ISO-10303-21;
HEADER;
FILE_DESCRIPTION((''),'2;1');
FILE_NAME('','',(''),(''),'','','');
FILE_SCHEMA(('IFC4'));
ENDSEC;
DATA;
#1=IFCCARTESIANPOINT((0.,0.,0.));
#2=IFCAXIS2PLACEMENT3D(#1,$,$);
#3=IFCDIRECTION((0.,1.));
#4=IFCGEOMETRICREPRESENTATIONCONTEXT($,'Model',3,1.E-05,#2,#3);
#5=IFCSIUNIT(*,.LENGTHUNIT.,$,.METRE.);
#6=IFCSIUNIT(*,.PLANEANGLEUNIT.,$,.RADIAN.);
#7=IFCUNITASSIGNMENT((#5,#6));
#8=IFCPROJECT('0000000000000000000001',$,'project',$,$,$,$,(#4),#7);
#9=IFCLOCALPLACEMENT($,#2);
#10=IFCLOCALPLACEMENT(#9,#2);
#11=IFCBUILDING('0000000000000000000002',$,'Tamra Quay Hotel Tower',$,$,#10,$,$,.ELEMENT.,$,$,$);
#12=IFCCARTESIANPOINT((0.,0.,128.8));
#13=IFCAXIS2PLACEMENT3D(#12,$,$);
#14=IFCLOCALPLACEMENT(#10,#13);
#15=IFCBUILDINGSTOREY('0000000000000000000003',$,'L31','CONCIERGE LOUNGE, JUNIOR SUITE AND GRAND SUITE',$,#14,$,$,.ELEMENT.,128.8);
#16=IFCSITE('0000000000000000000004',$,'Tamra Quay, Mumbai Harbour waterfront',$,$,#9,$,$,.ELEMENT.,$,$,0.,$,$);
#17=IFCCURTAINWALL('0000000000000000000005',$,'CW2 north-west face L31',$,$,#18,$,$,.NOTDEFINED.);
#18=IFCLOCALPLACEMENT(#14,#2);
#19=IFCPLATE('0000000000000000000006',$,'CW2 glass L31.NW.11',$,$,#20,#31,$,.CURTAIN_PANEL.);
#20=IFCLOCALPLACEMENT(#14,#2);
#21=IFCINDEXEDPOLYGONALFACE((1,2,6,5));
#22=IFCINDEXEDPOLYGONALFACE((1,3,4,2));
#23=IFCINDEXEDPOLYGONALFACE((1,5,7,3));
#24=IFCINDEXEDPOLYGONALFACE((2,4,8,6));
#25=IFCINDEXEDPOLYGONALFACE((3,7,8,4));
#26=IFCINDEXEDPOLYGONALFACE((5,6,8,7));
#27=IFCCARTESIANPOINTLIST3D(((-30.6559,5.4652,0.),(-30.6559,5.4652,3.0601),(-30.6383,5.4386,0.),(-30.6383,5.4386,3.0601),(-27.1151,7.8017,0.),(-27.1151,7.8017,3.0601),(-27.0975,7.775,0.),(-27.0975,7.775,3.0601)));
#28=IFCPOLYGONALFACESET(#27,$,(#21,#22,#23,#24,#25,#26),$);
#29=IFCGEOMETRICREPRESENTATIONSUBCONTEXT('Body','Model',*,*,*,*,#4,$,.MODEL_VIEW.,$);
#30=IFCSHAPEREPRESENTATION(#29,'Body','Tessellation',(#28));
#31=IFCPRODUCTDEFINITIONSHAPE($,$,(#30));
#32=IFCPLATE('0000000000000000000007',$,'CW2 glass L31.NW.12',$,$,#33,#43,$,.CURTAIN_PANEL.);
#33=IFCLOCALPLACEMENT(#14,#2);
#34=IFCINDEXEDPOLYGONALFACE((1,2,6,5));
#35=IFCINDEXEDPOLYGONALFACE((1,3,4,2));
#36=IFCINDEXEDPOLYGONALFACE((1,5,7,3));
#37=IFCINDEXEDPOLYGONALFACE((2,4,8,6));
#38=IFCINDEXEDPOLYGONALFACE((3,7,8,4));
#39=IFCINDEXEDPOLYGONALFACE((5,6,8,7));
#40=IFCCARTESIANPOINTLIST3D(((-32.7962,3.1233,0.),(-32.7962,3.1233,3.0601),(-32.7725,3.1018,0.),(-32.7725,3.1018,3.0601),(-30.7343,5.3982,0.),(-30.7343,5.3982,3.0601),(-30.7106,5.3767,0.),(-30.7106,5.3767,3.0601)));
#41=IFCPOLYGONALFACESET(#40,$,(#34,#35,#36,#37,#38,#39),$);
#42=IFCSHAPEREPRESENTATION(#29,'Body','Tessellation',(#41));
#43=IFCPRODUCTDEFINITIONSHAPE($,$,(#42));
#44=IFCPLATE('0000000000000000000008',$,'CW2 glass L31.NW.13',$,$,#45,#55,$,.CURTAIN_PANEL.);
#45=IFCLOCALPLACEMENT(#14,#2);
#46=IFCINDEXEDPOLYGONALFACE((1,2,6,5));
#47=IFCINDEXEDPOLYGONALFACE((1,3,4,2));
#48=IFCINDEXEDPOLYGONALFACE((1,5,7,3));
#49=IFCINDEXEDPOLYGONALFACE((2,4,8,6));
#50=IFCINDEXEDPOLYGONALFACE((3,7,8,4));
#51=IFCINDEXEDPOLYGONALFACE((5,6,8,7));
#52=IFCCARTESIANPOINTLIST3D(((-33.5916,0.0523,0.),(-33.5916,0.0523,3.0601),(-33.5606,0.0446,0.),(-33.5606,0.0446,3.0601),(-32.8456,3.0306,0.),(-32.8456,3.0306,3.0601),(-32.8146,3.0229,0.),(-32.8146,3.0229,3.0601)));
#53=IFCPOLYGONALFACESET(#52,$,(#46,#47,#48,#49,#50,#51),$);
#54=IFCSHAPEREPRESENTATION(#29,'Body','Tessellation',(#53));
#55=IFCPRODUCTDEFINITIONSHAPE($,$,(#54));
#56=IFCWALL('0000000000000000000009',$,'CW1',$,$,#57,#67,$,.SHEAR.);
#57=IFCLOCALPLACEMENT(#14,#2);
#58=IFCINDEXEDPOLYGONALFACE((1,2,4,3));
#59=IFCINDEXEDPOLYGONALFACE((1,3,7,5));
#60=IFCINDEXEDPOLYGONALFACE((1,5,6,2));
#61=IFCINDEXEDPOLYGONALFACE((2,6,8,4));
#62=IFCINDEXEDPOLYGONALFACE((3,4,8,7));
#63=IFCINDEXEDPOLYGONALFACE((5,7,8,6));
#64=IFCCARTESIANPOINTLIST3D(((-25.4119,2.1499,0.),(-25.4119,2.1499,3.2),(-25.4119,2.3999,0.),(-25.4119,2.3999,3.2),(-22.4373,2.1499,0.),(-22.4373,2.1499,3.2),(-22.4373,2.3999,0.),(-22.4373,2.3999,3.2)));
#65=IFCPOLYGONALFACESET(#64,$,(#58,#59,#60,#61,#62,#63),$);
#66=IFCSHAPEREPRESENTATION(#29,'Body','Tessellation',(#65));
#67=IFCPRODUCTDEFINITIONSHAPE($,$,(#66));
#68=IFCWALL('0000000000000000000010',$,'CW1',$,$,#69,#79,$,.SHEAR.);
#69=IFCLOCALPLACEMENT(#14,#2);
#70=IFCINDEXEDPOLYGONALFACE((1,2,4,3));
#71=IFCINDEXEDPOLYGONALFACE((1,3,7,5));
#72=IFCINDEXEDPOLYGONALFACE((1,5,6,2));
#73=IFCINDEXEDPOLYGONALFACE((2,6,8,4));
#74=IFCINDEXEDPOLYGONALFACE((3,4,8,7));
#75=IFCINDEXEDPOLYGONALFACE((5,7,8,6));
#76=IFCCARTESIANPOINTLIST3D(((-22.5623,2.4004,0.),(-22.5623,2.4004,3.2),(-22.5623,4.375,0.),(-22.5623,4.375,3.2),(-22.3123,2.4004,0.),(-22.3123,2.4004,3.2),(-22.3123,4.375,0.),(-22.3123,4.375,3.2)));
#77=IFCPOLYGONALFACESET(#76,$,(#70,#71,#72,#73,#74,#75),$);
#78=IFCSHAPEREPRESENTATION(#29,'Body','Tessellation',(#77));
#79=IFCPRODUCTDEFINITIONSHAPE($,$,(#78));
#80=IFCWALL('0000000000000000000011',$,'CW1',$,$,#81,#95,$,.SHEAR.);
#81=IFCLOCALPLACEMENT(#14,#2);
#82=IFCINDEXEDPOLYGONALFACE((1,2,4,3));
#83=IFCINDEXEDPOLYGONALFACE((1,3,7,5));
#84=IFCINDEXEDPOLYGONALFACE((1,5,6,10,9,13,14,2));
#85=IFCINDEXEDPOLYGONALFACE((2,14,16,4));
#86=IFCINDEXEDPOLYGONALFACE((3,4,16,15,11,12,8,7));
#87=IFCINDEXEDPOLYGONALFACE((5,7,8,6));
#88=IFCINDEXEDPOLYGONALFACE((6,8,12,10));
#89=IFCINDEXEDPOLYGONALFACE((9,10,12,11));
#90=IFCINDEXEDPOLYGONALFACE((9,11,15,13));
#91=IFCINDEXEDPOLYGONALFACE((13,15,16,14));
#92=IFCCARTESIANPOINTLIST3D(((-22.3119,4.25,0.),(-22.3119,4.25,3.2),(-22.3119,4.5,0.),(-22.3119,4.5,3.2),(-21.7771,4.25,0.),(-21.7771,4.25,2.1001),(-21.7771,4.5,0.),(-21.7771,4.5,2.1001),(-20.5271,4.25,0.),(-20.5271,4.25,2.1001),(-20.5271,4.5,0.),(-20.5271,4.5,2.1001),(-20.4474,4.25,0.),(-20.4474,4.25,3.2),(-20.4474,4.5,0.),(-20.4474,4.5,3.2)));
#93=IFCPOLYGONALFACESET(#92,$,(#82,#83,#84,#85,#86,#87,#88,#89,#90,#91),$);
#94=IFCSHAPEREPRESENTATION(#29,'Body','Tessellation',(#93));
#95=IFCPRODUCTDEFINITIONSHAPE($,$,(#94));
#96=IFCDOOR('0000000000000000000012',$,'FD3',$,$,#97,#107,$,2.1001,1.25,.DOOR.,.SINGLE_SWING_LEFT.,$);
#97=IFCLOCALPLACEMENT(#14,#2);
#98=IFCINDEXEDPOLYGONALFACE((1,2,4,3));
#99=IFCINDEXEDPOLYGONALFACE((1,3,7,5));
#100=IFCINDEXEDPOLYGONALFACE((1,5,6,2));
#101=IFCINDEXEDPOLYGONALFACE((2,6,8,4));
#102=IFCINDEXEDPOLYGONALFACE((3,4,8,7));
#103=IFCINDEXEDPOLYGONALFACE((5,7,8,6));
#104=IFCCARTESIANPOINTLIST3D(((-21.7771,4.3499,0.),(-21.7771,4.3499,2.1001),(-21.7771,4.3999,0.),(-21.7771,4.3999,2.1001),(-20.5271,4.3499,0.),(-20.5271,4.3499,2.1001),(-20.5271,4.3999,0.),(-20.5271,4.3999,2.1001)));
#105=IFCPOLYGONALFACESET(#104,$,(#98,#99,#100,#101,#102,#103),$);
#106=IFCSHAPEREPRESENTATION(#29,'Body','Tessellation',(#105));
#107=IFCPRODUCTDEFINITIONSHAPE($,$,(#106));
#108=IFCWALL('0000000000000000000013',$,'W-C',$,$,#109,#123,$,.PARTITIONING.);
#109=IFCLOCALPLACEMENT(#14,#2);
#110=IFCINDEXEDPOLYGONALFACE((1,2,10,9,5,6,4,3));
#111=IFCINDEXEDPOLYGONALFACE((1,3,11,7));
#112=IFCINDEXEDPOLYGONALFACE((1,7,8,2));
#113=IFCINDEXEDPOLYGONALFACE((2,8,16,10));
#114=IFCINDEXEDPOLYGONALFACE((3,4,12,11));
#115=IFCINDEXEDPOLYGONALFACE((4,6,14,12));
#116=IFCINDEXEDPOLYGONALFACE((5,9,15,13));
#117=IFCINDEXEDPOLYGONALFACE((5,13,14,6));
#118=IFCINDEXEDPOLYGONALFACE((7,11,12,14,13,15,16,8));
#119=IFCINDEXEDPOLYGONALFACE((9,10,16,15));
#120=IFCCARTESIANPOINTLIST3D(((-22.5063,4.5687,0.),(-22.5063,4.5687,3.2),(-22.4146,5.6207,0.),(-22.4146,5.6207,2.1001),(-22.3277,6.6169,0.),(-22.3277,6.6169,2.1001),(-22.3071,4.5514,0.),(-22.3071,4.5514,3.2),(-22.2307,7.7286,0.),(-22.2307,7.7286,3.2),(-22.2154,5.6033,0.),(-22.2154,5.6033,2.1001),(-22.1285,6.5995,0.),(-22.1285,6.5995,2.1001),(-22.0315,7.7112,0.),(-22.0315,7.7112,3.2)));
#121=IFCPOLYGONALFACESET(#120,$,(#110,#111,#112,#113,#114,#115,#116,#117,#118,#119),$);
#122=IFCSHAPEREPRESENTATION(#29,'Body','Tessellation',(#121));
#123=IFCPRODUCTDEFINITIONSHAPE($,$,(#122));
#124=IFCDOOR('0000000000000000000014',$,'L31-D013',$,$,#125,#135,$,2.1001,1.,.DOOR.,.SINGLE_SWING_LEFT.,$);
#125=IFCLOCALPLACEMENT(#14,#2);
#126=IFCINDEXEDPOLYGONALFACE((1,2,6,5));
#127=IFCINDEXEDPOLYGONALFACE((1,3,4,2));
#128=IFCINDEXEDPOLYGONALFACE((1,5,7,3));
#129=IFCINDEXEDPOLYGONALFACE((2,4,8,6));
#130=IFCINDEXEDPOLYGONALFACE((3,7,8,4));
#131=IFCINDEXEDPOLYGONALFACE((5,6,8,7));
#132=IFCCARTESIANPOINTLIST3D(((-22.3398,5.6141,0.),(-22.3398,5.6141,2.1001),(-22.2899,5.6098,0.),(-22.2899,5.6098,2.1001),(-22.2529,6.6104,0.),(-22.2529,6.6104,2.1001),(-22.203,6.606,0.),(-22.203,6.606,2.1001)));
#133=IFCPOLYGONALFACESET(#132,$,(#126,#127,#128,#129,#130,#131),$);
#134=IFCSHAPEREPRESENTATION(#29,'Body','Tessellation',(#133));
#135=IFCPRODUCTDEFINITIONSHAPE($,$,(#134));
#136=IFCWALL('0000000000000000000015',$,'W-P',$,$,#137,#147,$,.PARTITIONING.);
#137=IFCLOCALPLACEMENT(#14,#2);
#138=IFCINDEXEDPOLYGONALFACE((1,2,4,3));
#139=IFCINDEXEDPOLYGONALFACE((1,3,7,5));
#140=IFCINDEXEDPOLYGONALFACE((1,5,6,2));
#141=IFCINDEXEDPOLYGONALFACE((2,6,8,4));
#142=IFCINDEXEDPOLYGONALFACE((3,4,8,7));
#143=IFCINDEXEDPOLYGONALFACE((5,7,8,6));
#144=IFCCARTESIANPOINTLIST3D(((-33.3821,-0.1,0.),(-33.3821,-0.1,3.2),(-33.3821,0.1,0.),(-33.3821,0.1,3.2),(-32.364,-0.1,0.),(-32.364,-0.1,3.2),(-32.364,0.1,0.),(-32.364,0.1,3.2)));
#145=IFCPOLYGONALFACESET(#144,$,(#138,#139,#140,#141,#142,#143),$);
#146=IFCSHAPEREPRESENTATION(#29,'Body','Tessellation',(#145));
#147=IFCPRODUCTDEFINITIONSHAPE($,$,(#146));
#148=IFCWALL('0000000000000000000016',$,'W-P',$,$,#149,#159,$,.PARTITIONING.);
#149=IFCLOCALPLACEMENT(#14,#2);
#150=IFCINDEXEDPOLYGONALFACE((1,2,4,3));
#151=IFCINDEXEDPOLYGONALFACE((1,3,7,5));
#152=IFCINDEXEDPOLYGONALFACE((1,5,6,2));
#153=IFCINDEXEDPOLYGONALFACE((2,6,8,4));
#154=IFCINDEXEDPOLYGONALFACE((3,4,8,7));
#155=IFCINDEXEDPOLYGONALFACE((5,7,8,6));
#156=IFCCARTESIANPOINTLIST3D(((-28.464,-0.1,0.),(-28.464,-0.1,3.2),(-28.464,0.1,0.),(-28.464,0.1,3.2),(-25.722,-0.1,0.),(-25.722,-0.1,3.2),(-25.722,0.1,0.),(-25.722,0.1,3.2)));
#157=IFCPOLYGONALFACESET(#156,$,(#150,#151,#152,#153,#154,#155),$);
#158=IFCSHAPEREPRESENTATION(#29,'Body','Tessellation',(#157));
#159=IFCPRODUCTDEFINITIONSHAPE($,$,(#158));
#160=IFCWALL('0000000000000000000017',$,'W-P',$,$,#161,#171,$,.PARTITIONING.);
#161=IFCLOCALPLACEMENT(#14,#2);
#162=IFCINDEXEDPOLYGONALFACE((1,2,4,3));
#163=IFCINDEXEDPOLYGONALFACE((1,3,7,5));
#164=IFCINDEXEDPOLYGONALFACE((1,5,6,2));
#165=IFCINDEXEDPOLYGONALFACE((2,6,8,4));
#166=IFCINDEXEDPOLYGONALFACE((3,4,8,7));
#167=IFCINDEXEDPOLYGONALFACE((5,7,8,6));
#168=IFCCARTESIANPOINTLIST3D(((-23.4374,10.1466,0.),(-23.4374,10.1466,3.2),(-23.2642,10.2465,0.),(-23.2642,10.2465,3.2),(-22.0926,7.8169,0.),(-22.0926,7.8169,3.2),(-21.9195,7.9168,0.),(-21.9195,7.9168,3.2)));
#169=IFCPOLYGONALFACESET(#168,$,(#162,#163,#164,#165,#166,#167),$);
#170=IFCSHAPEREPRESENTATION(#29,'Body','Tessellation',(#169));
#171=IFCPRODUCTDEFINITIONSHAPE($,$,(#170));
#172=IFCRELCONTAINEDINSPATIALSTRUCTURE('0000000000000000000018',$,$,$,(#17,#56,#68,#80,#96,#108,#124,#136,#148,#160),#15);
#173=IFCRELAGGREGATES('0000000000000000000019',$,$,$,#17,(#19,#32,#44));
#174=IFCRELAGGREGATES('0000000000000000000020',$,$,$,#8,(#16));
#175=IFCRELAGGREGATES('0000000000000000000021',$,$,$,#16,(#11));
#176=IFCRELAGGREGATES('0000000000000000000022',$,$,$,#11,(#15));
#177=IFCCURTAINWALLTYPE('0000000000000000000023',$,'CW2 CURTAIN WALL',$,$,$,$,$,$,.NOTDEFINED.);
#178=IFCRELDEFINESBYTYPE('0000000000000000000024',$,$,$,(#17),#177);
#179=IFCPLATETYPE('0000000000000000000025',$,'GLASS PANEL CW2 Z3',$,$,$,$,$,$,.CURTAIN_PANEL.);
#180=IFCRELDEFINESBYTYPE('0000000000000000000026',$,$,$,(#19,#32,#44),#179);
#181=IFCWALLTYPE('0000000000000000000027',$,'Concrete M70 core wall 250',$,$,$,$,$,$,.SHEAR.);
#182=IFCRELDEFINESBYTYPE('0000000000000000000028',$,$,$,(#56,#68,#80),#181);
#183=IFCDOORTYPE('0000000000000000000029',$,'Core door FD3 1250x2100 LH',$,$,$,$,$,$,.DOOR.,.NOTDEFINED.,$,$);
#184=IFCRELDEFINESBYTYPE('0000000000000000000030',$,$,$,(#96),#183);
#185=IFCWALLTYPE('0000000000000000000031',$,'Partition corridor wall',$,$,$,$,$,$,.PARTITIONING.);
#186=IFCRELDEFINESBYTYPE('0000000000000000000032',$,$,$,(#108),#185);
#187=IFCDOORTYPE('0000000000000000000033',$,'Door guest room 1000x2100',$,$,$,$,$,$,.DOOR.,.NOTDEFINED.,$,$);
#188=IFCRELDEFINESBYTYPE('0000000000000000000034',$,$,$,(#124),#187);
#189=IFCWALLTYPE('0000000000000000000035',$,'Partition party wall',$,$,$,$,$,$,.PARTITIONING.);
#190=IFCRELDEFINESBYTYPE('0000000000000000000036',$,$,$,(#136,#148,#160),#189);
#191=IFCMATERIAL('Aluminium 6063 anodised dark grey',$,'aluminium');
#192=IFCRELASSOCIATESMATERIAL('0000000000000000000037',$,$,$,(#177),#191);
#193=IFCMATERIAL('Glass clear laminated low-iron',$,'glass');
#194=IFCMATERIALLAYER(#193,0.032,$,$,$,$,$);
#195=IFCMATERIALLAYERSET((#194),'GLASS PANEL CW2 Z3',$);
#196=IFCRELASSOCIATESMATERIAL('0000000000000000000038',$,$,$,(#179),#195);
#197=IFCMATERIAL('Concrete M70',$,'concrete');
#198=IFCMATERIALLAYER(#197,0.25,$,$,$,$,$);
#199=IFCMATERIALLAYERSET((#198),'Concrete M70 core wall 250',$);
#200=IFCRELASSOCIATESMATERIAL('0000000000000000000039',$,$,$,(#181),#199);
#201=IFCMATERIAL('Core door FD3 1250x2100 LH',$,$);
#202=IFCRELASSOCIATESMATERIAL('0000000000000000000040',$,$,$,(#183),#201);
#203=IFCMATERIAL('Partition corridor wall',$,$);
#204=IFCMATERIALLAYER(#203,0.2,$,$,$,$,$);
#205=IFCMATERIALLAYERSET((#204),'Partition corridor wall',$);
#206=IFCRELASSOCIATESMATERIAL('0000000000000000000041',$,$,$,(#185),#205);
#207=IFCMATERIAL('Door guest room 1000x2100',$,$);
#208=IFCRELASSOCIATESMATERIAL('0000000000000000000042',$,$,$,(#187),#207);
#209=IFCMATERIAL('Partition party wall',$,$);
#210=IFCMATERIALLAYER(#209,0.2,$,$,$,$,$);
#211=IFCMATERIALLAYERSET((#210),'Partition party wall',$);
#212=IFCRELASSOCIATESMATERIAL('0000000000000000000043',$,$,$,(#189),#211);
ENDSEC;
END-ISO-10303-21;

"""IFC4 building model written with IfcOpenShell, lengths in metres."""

from ifc_helpers import new_model, si_unit, direction, frame, frame_2d, origin, origin_2d, place, context, subcontext, project, spatial, rectangle, extrude, material, layer, layer_set, type_object, element, fill, aggregate, save


model = new_model("IFC4")

# Units and contexts
model_context = context("Model", 3, precision=1e-05, world=origin(), true_north=direction((0.0, 1.0)))
body_context = subcontext(model_context, "Body", "Model", "MODEL_VIEW")
ifc_project = project(units=[si_unit("LENGTHUNIT", "METRE"), si_unit("PLANEANGLEUNIT", "RADIAN")], contexts=[model_context])

# Site, building, storey
site_placement = place(None, origin())
site = spatial("IfcSite", under=ifc_project, at=site_placement, Name="Tamra Quay, Mumbai Harbour waterfront", CompositionType="ELEMENT", RefElevation=0.0)
building_placement = place(site_placement, origin())
building = spatial("IfcBuilding", under=site, at=building_placement, Name="Tamra Quay Hotel Tower", CompositionType="ELEMENT")
storey_placement = place(building_placement, frame((0.0, 0.0, 128.8)))
storey = spatial("IfcBuildingStorey", under=building, at=storey_placement, Name="L31", Description="CONCIERGE LOUNGE, JUNIOR SUITE AND GRAND SUITE", CompositionType="ELEMENT", Elevation=128.8)

# Shared definitions
ifc_material_1 = material(Name="Concrete M70", Category="concrete")

# Curtain wall
ifc_material_2 = material(Name="Aluminium 6063 anodised dark grey", Category="aluminium")
curtain_wall_type = type_object("IfcCurtainWallType", Name="CW2 CURTAIN WALL", PredefinedType="NOTDEFINED", material=ifc_material_2)
curtain_wall_placement = place(storey_placement, origin())
curtain_wall = element("IfcCurtainWall", 1, at=curtain_wall_placement, inside=storey, type_object=curtain_wall_type, Name="CW2 north-west face L31", PredefinedType="NOTDEFINED")

# Plates
ifc_material_3 = material(Name="Glass clear laminated low-iron", Category="glass")
ifc_layer_1 = layer(ifc_material_3, 0.032)
ifc_layer_set_1 = layer_set([ifc_layer_1], Name="GLASS PANEL CW2 Z3")
plate_type = type_object("IfcPlateType", Name="GLASS PANEL CW2 Z3", PredefinedType="CURTAIN_PANEL", material=ifc_layer_set_1)
plate_1_placement = place(storey_placement, frame((-28.8767, 6.6201, 0.0), z_axis=(0.0, 0.0, 1.0), x_axis=(-0.834663, -0.550761, 0.0)))
plate_1 = element("IfcPlate", 2, at=plate_1_placement, type_object=plate_type, Name="CW2 glass L31.NW.11", PredefinedType="CURTAIN_PANEL", context=body_context, shape_type="SweptSolid", body=[
    extrude(rectangle(XDim=4.2422, YDim=0.032, at=origin_2d()), origin(), (0.0, 0.0, 1.0), 3.0601),
])
plate_2_placement = place(storey_placement, frame((-31.7534, 4.25, 0.0), z_axis=(0.0, 0.0, 1.0), x_axis=(-0.67155, -0.740959, 0.0)))
plate_2 = element("IfcPlate", 3, at=plate_2_placement, type_object=plate_type, Name="CW2 glass L31.NW.12", PredefinedType="CURTAIN_PANEL", context=body_context, shape_type="SweptSolid", body=[
    extrude(rectangle(XDim=3.0703, YDim=0.032, at=origin_2d()), origin(), (0.0, 0.0, 1.0), 3.0601),
])
plate_3_placement = place(storey_placement, frame((-33.2031, 1.5376, 0.0), z_axis=(0.0, 0.0, 1.0), x_axis=(-0.242976, -0.970032, 0.0)))
plate_3 = element("IfcPlate", 4, at=plate_3_placement, type_object=plate_type, Name="CW2 glass L31.NW.13", PredefinedType="CURTAIN_PANEL", context=body_context, shape_type="SweptSolid", body=[
    extrude(rectangle(XDim=3.0703, YDim=0.032, at=origin_2d()), origin(), (0.0, 0.0, 1.0), 3.0601),
])
aggregate(curtain_wall, [plate_1, plate_2, plate_3])

# Walls
ifc_layer_2 = layer(ifc_material_1, 0.25)
ifc_layer_set_2 = layer_set([ifc_layer_2], Name="Concrete M70 core wall 250")
wall_type_1 = type_object("IfcWallType", Name="Concrete M70 core wall 250", PredefinedType="SHEAR", material=ifc_layer_set_2)
wall_1_placement = place(storey_placement, frame((-25.4119, 2.2749, 0.0), z_axis=(0.0, 0.0, 1.0), x_axis=(1.0, 0.0, 0.0)))
element("IfcWall", 5, at=wall_1_placement, inside=storey, type_object=wall_type_1, Name="CW1", PredefinedType="SHEAR", context=body_context, shape_type="SweptSolid", body=[
    extrude(rectangle(XDim=2.9746, YDim=0.25, at=frame_2d((1.4873, 0.0))), origin(), (0.0, 0.0, 1.0), 3.2),
])
wall_2_placement = place(storey_placement, frame((-22.4373, 2.4004, 0.0), z_axis=(0.0, 0.0, 1.0), x_axis=(0.0, 1.0, 0.0)))
element("IfcWall", 6, at=wall_2_placement, inside=storey, type_object=wall_type_1, Name="CW1", PredefinedType="SHEAR", context=body_context, shape_type="SweptSolid", body=[
    extrude(rectangle(XDim=1.9746, YDim=0.25, at=frame_2d((0.9873, 0.0))), origin(), (0.0, 0.0, 1.0), 3.2),
])

# Walls, openings, doors
wall_3_placement = place(storey_placement, frame((-22.3118, 4.375, 0.0), z_axis=(0.0, 0.0, 1.0), x_axis=(1.0, 0.0, 0.0)))
wall_3 = element("IfcWall", 7, at=wall_3_placement, inside=storey, type_object=wall_type_1, Name="CW1", PredefinedType="SHEAR", context=body_context, shape_type="SweptSolid", body=[
    extrude(rectangle(XDim=1.8645, YDim=0.25, at=frame_2d((0.9321, 0.0))), origin(), (0.0, 0.0, 1.0), 3.2),
])
opening_1_placement = place(wall_3_placement, frame((0.5347, 0.0, 0.0)))
opening_1 = element("IfcOpeningElement", 8, at=opening_1_placement, cuts=wall_3, PredefinedType="OPENING", context=body_context, shape_type="SweptSolid", body=[
    extrude(rectangle(XDim=1.25, YDim=2.1001, at=frame_2d((0.625, 1.05))), frame((0.0, 0.135, 0.0), z_axis=(0.0, -1.0, 0.0), x_axis=(1.0, 0.0, 0.0)), (0.0, 0.0, 1.0), 0.27),
])
ifc_material_4 = material(Name="Core door FD3 1250x2100 LH")
door_type_1 = type_object("IfcDoorType", Name="Core door FD3 1250x2100 LH", OperationType="NOTDEFINED", PredefinedType="DOOR", material=ifc_material_4)
door_1_placement = place(opening_1_placement, origin())
door_1 = element("IfcDoor", 9, at=door_1_placement, inside=storey, type_object=door_type_1, Name="FD3", OperationType="SINGLE_SWING_LEFT", OverallHeight=2.1001, OverallWidth=1.25, PredefinedType="DOOR", context=body_context, shape_type="SweptSolid", body=[
    extrude(rectangle(XDim=1.25, YDim=2.1001, at=frame_2d((0.625, 1.05))), frame((0.0, 0.0249, 0.0), z_axis=(0.0, -1.0, 0.0), x_axis=(1.0, 0.0, 0.0)), (0.0, 0.0, 1.0), 0.05),
])
fill(opening_1, door_1)
ifc_material_5 = material(Name="Partition corridor wall")
ifc_layer_3 = layer(ifc_material_5, 0.2)
ifc_layer_set_3 = layer_set([ifc_layer_3], Name="Partition corridor wall")
wall_type_2 = type_object("IfcWallType", Name="Partition corridor wall", PredefinedType="PARTITIONING", material=ifc_layer_set_3)
wall_4_placement = place(storey_placement, frame((-22.4067, 4.5601, 0.0), z_axis=(0.0, 0.0, 1.0), x_axis=(0.086899, 0.996217, 0.0)))
wall_4 = element("IfcWall", 10, at=wall_4_placement, inside=storey, type_object=wall_type_2, Name="W-C", PredefinedType="PARTITIONING", context=body_context, shape_type="SweptSolid", body=[
    extrude(rectangle(XDim=3.1719, YDim=0.2, at=frame_2d((1.5859, 0.0))), origin(), (0.0, 0.0, 1.0), 3.2),
])
opening_2_placement = place(wall_4_placement, frame((1.0559, 0.0, 0.0)))
opening_2 = element("IfcOpeningElement", 11, at=opening_2_placement, cuts=wall_4, PredefinedType="OPENING", context=body_context, shape_type="SweptSolid", body=[
    extrude(rectangle(XDim=1.0, YDim=2.1001, at=frame_2d((0.5, 1.05))), frame((0.0, 0.1099, 0.0), z_axis=(0.0, -1.0, 0.0), x_axis=(1.0, 0.0, 0.0)), (0.0, 0.0, 1.0), 0.22),
])
ifc_material_6 = material(Name="Door guest room 1000x2100")
door_type_2 = type_object("IfcDoorType", Name="Door guest room 1000x2100", OperationType="NOTDEFINED", PredefinedType="DOOR", material=ifc_material_6)
door_2_placement = place(opening_2_placement, origin())
door_2 = element("IfcDoor", 12, at=door_2_placement, inside=storey, type_object=door_type_2, Name="L31-D013", OperationType="SINGLE_SWING_LEFT", OverallHeight=2.1001, OverallWidth=1.0, PredefinedType="DOOR", context=body_context, shape_type="SweptSolid", body=[
    extrude(rectangle(XDim=1.0, YDim=2.1001, at=frame_2d((0.5, 1.05))), frame((0.0, 0.0249, 0.0), z_axis=(0.0, -1.0, 0.0), x_axis=(1.0, 0.0, 0.0)), (0.0, 0.0, 1.0), 0.05),
])
fill(opening_2, door_2)

# Walls
ifc_material_7 = material(Name="Partition party wall")
ifc_layer_4 = layer(ifc_material_7, 0.2)
ifc_layer_set_4 = layer_set([ifc_layer_4], Name="Partition party wall")
wall_type_3 = type_object("IfcWallType", Name="Partition party wall", PredefinedType="PARTITIONING", material=ifc_layer_set_4)
wall_5_placement = place(storey_placement, frame((-33.3821, 0.0, 0.0), z_axis=(0.0, 0.0, 1.0), x_axis=(1.0, 0.0, 0.0)))
element("IfcWall", 13, at=wall_5_placement, inside=storey, type_object=wall_type_3, Name="W-P", PredefinedType="PARTITIONING", context=body_context, shape_type="SweptSolid", body=[
    extrude(rectangle(XDim=1.0181, YDim=0.2, at=frame_2d((0.509, 0.0))), origin(), (0.0, 0.0, 1.0), 3.2),
])
wall_6_placement = place(storey_placement, frame((-28.4641, 0.0, 0.0), z_axis=(0.0, 0.0, 1.0), x_axis=(1.0, 0.0, 0.0)))
element("IfcWall", 14, at=wall_6_placement, inside=storey, type_object=wall_type_3, Name="W-P", PredefinedType="PARTITIONING", context=body_context, shape_type="SweptSolid", body=[
    extrude(rectangle(XDim=2.7419, YDim=0.2, at=frame_2d((1.3711, 0.0))), origin(), (0.0, 0.0, 1.0), 3.2),
])
wall_7_placement = place(storey_placement, frame((-23.3508, 10.1965, 0.0), z_axis=(0.0, 0.0, 1.0), x_axis=(0.499927, -0.866068, 0.0)))
element("IfcWall", 15, at=wall_7_placement, inside=storey, type_object=wall_type_3, Name="W-P", PredefinedType="PARTITIONING", context=body_context, shape_type="SweptSolid", body=[
    extrude(rectangle(XDim=2.6899, YDim=0.2, at=frame_2d((1.345, 0.0))), origin(), (0.0, 0.0, 1.0), 3.2),
])

save(model, "model.ifc")
